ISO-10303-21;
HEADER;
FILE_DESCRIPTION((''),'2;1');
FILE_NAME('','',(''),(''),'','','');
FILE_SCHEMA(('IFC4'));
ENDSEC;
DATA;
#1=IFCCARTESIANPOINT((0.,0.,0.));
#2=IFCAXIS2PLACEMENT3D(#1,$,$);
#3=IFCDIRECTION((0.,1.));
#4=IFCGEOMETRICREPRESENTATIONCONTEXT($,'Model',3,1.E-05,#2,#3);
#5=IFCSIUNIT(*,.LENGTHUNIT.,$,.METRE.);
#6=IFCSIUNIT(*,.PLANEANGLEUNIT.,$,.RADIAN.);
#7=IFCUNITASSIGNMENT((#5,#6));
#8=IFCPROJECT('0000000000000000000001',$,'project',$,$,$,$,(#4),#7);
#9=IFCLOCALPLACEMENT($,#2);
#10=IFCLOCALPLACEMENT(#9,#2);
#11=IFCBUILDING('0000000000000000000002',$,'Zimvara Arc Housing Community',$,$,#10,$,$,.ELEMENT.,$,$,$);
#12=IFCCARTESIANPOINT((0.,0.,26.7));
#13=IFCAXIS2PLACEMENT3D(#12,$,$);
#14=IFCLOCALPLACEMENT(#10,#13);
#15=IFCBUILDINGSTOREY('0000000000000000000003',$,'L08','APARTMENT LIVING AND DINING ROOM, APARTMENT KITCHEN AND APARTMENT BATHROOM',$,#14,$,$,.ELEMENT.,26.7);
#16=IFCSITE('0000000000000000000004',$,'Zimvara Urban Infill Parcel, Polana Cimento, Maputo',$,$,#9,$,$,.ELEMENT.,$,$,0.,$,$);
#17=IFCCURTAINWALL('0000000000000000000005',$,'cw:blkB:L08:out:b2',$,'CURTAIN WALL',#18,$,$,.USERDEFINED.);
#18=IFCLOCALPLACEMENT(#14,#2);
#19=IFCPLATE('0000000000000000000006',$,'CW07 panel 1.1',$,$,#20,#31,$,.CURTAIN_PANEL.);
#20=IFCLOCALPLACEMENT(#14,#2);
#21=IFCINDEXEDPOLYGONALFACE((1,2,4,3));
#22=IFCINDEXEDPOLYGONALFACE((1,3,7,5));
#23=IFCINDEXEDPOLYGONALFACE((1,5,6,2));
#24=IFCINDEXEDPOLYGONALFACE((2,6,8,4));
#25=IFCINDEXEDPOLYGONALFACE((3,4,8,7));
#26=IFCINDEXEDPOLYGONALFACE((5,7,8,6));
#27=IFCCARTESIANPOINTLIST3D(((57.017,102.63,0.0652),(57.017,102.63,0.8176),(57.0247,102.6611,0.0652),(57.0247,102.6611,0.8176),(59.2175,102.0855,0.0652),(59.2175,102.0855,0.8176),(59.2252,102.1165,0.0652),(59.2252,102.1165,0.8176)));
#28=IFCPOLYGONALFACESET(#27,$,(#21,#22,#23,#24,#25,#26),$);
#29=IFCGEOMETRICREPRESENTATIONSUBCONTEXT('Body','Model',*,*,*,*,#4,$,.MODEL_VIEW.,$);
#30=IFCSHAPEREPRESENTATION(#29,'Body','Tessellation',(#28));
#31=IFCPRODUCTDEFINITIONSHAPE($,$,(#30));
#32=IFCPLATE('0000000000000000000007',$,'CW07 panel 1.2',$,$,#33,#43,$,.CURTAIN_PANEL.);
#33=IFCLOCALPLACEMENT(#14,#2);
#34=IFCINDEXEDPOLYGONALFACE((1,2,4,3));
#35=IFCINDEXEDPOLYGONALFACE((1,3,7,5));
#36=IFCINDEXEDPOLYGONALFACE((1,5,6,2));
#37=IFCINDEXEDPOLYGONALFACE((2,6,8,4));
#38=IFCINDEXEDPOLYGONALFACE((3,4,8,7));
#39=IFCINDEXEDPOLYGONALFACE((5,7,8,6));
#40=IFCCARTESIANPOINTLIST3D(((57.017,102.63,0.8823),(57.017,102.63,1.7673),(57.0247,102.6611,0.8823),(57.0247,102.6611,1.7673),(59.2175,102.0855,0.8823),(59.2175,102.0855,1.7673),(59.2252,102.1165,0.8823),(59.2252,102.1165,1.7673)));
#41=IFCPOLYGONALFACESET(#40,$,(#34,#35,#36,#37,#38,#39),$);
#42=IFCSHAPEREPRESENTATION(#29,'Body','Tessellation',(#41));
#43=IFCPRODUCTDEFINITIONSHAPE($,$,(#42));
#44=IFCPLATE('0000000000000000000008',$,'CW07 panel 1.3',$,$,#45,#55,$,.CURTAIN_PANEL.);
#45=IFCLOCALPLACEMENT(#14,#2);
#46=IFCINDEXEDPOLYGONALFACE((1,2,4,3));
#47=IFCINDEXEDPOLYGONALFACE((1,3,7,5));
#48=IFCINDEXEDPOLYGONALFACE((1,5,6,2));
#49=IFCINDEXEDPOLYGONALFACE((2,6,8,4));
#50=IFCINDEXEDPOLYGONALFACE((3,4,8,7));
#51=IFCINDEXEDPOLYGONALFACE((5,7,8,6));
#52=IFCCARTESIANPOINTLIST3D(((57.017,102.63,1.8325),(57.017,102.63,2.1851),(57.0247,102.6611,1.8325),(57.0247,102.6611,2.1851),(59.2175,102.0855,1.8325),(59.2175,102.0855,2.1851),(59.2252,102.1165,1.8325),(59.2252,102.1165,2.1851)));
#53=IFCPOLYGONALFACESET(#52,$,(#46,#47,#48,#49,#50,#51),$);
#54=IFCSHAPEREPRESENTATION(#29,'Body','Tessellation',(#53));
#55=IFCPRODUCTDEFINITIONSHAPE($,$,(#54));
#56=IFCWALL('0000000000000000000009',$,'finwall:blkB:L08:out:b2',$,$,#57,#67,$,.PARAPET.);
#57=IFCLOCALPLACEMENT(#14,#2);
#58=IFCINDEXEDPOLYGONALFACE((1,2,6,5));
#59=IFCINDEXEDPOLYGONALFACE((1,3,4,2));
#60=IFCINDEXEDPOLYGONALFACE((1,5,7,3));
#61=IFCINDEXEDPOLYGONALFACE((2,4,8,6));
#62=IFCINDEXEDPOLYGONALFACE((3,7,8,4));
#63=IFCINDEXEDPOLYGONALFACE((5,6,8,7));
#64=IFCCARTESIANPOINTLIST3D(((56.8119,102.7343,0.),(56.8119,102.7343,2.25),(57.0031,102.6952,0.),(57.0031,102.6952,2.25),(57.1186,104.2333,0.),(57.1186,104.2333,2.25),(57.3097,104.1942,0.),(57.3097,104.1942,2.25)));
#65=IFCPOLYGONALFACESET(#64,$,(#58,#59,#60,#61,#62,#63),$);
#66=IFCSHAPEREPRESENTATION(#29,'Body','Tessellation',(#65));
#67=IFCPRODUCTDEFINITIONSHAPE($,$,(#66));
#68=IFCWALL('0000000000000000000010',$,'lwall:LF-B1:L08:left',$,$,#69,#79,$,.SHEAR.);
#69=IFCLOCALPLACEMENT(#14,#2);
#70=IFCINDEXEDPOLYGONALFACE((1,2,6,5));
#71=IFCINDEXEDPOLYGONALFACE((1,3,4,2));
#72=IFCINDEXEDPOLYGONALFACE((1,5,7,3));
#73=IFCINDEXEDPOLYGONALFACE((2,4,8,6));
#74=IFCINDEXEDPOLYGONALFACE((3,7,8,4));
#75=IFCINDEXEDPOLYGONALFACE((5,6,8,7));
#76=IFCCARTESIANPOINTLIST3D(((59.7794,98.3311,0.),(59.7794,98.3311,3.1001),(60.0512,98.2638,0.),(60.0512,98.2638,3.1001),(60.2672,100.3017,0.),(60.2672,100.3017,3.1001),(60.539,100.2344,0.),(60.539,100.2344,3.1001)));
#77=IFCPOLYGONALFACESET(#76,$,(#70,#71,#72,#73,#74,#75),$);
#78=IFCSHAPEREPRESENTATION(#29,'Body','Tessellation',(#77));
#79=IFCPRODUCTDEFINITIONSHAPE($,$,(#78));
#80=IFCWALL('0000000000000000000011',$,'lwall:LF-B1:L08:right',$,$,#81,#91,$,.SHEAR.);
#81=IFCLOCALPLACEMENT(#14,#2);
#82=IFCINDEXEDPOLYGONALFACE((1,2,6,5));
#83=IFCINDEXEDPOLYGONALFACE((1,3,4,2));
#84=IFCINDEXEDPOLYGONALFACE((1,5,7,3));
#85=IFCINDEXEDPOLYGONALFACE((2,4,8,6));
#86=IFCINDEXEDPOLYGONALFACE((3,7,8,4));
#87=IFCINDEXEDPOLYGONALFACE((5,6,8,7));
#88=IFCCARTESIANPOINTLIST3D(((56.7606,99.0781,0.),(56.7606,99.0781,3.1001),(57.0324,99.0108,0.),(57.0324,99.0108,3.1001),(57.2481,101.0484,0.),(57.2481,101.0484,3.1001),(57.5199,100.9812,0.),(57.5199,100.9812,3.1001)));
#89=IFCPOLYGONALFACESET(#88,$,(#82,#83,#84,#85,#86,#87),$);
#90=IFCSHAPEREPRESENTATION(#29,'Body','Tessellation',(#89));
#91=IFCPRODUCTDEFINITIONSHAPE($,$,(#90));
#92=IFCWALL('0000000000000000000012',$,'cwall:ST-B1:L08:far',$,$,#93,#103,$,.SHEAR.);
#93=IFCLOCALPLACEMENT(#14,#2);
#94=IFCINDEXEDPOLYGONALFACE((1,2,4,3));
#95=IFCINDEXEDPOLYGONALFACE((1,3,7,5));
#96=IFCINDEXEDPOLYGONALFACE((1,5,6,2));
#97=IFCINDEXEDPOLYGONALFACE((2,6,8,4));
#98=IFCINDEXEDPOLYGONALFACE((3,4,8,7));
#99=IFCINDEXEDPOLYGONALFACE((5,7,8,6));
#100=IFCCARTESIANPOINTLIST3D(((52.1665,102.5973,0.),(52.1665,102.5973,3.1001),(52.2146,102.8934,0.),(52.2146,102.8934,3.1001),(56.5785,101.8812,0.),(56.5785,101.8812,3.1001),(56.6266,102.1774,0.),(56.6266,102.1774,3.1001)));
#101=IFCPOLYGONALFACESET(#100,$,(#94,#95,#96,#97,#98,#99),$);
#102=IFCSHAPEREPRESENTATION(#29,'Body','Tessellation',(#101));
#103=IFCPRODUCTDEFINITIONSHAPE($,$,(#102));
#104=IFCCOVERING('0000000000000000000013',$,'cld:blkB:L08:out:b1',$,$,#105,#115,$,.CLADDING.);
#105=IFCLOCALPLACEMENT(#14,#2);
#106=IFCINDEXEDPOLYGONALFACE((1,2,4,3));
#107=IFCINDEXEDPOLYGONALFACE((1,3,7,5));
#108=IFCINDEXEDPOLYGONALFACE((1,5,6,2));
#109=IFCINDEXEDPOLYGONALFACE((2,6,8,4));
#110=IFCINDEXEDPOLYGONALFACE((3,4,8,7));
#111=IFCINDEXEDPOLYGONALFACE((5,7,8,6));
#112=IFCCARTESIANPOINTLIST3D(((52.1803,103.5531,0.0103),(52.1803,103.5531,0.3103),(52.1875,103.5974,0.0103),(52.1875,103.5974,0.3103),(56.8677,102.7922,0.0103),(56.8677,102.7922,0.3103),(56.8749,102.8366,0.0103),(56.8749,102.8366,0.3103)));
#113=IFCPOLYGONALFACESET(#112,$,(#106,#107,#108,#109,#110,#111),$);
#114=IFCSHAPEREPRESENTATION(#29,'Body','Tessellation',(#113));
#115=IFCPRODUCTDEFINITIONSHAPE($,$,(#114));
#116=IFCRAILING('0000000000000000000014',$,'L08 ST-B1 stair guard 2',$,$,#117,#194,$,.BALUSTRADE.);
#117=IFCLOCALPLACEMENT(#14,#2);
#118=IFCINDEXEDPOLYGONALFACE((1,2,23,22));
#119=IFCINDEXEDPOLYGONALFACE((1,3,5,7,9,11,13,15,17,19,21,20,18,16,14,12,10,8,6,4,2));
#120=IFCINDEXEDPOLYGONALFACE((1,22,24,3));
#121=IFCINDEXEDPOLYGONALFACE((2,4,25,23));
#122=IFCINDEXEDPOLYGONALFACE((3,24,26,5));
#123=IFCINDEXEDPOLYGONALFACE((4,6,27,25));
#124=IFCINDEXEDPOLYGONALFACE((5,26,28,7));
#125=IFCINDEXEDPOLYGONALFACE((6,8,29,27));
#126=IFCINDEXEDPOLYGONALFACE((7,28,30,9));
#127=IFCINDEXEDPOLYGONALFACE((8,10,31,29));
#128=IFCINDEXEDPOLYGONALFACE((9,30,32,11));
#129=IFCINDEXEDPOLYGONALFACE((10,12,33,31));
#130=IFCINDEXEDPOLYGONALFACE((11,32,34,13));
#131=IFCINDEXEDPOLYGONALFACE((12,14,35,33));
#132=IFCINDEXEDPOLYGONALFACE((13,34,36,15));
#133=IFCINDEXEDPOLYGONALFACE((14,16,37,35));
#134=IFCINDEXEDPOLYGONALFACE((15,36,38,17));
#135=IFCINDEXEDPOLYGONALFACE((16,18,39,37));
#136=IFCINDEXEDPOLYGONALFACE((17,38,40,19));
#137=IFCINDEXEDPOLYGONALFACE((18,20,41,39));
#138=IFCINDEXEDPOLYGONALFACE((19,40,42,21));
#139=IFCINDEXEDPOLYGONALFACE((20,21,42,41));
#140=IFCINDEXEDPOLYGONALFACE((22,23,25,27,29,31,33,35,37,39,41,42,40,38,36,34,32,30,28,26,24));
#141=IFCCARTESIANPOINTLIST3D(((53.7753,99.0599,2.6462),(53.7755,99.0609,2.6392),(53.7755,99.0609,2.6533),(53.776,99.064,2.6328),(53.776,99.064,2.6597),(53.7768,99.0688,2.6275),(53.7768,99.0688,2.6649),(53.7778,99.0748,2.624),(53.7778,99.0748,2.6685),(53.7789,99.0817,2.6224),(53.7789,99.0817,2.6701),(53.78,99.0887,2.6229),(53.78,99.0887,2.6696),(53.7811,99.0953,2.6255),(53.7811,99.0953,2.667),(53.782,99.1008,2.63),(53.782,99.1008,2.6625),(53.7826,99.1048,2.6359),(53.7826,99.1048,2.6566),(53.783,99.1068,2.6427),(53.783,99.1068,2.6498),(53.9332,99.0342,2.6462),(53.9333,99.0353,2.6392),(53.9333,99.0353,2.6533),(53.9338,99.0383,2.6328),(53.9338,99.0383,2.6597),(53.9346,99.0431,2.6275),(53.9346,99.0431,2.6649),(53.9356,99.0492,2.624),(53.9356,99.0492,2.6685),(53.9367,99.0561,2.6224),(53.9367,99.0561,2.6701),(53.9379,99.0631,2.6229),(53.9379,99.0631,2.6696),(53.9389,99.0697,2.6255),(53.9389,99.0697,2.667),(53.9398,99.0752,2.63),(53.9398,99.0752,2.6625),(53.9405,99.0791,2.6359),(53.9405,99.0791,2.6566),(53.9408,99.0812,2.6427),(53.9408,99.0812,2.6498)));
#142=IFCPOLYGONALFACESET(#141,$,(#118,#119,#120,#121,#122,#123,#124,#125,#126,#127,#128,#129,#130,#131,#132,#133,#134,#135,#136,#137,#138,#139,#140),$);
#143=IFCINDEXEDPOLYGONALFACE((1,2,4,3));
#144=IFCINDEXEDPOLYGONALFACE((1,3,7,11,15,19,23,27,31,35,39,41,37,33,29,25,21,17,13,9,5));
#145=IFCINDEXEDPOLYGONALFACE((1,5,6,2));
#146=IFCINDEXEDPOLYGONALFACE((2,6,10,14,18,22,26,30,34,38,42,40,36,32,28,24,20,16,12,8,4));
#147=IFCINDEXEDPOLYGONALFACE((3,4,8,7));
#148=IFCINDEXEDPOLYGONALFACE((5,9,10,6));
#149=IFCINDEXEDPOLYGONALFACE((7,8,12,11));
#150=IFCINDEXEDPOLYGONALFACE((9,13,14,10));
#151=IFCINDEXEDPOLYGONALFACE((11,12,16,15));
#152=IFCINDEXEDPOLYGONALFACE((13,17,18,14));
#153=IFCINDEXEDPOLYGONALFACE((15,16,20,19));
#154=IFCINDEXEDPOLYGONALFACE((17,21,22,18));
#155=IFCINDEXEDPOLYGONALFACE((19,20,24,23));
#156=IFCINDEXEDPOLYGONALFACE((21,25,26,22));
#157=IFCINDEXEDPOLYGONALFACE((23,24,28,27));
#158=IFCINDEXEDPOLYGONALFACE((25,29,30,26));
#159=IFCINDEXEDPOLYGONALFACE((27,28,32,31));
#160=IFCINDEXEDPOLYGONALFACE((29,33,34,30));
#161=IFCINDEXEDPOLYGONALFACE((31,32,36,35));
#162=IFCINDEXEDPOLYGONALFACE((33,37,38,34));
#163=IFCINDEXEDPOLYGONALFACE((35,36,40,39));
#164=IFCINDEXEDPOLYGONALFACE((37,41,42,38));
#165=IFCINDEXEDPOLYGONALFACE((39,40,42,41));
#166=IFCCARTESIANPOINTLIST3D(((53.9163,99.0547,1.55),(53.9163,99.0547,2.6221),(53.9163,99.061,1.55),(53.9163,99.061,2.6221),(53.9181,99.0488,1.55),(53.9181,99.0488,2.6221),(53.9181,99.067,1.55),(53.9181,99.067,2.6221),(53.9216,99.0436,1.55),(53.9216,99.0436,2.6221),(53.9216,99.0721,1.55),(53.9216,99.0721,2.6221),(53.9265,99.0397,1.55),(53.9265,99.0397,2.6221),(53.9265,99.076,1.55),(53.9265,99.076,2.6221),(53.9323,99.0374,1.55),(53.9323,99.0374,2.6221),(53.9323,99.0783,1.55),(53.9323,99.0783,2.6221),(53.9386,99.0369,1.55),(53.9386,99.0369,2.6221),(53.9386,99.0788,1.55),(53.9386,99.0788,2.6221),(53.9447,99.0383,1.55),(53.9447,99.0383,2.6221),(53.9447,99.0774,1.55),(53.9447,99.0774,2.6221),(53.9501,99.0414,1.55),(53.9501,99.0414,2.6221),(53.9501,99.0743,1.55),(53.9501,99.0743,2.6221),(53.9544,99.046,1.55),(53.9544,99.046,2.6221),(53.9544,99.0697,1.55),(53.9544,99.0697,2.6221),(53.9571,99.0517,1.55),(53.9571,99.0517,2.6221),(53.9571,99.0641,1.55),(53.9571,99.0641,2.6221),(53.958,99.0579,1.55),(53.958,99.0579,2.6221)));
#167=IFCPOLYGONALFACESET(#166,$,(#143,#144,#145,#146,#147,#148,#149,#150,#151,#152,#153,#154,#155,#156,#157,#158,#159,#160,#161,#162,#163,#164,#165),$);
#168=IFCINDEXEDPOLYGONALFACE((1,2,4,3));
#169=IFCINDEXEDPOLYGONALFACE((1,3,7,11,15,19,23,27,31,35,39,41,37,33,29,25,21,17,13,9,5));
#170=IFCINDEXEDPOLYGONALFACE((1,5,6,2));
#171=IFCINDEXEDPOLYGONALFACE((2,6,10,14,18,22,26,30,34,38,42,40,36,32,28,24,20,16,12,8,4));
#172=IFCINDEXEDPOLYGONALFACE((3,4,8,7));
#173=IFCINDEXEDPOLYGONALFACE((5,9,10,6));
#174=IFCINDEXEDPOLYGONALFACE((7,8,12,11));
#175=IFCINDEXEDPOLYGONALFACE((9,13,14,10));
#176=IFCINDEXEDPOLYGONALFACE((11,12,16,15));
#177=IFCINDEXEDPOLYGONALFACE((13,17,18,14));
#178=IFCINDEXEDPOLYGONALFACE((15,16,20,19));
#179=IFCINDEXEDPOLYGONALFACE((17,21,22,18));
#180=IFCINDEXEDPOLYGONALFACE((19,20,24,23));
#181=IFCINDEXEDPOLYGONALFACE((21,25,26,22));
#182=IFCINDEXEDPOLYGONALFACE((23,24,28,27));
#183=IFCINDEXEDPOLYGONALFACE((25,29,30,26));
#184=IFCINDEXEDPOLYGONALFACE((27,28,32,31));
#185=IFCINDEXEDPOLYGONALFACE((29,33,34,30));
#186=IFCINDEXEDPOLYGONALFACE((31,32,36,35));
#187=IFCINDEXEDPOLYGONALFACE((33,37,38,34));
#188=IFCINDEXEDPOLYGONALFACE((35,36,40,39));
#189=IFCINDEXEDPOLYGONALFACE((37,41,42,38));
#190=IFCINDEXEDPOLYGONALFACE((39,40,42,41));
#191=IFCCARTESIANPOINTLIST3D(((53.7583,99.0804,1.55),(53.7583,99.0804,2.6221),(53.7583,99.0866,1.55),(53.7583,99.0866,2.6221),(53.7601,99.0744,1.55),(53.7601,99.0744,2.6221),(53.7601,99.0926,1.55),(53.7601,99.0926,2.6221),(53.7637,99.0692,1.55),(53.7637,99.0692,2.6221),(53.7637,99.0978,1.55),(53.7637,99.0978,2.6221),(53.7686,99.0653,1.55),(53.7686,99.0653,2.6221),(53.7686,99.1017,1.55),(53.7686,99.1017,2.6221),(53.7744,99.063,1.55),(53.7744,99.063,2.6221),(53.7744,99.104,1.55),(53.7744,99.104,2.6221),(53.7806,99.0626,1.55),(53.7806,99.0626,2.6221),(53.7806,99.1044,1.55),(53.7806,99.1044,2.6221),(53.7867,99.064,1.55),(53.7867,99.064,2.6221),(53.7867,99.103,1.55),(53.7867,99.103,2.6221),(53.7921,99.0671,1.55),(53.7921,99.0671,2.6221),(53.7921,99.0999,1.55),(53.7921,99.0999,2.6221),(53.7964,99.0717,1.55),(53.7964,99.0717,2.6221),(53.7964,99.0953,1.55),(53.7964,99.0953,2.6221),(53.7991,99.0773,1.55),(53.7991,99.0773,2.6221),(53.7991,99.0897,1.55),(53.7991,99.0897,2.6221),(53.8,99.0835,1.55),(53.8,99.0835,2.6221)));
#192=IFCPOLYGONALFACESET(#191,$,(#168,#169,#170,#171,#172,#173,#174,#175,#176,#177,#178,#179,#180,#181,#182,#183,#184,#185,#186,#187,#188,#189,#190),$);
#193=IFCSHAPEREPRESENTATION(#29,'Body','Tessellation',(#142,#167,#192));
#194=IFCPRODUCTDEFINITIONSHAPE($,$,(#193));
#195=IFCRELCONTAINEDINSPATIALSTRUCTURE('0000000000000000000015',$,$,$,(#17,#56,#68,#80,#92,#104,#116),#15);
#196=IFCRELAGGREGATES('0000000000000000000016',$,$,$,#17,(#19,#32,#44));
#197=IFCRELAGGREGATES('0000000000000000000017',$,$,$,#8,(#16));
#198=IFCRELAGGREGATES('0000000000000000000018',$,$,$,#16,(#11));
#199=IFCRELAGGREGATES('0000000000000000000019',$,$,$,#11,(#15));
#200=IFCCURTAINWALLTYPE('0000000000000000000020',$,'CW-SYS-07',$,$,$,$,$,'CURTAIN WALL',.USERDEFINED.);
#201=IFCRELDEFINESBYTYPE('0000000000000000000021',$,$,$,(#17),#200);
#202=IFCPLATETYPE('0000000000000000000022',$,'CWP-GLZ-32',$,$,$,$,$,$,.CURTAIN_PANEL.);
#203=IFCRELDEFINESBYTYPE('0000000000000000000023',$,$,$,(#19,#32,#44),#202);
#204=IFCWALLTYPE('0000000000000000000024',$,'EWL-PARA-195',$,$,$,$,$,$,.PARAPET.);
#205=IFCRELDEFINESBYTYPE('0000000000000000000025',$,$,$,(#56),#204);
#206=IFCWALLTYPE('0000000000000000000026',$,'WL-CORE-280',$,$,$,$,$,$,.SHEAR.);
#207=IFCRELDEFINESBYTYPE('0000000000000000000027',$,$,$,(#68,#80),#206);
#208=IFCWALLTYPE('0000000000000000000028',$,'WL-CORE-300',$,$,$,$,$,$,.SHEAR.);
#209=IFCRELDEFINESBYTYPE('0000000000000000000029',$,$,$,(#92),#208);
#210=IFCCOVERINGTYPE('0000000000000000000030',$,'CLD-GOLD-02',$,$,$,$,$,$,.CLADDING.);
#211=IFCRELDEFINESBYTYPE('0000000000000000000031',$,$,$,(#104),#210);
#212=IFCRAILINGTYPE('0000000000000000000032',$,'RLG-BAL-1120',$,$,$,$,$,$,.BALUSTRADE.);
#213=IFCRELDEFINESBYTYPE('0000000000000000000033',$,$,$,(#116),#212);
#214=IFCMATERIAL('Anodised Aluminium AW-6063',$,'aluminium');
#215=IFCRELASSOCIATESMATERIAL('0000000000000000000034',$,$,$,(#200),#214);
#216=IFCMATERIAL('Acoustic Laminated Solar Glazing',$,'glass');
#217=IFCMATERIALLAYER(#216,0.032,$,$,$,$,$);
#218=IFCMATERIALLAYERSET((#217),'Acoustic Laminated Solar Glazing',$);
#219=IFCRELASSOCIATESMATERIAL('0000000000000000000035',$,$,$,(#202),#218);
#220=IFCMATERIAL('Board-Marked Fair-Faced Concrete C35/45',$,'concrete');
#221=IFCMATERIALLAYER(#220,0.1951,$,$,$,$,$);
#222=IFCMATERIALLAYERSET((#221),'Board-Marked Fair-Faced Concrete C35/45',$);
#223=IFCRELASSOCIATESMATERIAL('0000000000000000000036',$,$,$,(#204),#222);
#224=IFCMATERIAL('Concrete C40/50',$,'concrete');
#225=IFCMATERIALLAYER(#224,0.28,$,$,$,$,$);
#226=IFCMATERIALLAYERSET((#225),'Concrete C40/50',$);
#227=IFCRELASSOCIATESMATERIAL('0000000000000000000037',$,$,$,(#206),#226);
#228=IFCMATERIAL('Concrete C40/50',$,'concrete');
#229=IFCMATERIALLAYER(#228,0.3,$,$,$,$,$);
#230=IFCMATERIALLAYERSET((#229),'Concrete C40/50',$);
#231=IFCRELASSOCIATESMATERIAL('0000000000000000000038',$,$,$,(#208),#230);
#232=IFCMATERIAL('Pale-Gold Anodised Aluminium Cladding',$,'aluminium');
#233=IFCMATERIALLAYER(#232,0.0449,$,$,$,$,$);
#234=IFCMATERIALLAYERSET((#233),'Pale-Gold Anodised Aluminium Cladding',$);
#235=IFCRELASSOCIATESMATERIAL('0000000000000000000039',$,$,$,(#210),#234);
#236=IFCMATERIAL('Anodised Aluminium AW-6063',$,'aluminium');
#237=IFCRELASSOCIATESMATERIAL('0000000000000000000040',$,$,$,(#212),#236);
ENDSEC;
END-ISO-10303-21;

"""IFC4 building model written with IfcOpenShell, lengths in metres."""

from ifc_helpers import new_model, si_unit, direction, frame, frame_2d, origin, origin_2d, place, context, subcontext, project, spatial, rectangle, circle, extrude, material, layer, layer_set, type_object, element, aggregate, save


model = new_model("IFC4")

# Units and contexts
model_context = context("Model", 3, precision=1e-05, world=origin(), true_north=direction((0.0, 1.0)))
body_context = subcontext(model_context, "Body", "Model", "MODEL_VIEW")
ifc_project = project(units=[si_unit("LENGTHUNIT", "METRE"), si_unit("PLANEANGLEUNIT", "RADIAN")], contexts=[model_context])

# Site, building, storey
site_placement = place(None, origin())
site = spatial("IfcSite", under=ifc_project, at=site_placement, Name="Zimvara Urban Infill Parcel, Polana Cimento, Maputo", CompositionType="ELEMENT", RefElevation=0.0)
building_placement = place(site_placement, origin())
building = spatial("IfcBuilding", under=site, at=building_placement, Name="Zimvara Arc Housing Community", CompositionType="ELEMENT")
storey_placement = place(building_placement, frame((0.0, 0.0, 26.7)))
storey = spatial("IfcBuildingStorey", under=building, at=storey_placement, Name="L08", Description="APARTMENT LIVING AND DINING ROOM, APARTMENT KITCHEN AND APARTMENT BATHROOM", CompositionType="ELEMENT", Elevation=26.7)

# Curtain wall, plates
ifc_material_1 = material(Name="Anodised Aluminium AW-6063", Category="aluminium")
curtain_wall_type = type_object("IfcCurtainWallType", Name="CW-SYS-07", ElementType="CURTAIN WALL", PredefinedType="USERDEFINED", material=ifc_material_1)
curtain_wall_placement = place(storey_placement, origin())
curtain_wall = element("IfcCurtainWall", 1, at=curtain_wall_placement, inside=storey, type_object=curtain_wall_type, Name="cw:blkB:L08:out:b2", ObjectType="CURTAIN WALL", PredefinedType="USERDEFINED")
ifc_material_2 = material(Name="Acoustic Laminated Solar Glazing", Category="glass")
ifc_layer_1 = layer(ifc_material_2, 0.032)
ifc_layer_set_1 = layer_set([ifc_layer_1], Name="Acoustic Laminated Solar Glazing")
plate_type = type_object("IfcPlateType", Name="CWP-GLZ-32", PredefinedType="CURTAIN_PANEL", material=ifc_layer_set_1)
plate_1_placement = place(storey_placement, frame((58.1211, 102.3733, 0.0652), z_axis=(0.0, 0.0, 1.0), x_axis=(0.970716, -0.24023, 0.0)))
plate_1 = element("IfcPlate", 2, at=plate_1_placement, type_object=plate_type, Name="CW07 panel 1.1", PredefinedType="CURTAIN_PANEL", context=body_context, shape_type="SweptSolid", body=[
    extrude(rectangle(XDim=2.2668, YDim=0.032, at=origin_2d()), origin(), (0.0, 0.0, 1.0), 0.7524),
])
plate_2_placement = place(storey_placement, frame((58.1211, 102.3733, 0.8823), z_axis=(0.0, 0.0, 1.0), x_axis=(0.970716, -0.24023, 0.0)))
plate_2 = element("IfcPlate", 3, at=plate_2_placement, type_object=plate_type, Name="CW07 panel 1.2", PredefinedType="CURTAIN_PANEL", context=body_context, shape_type="SweptSolid", body=[
    extrude(rectangle(XDim=2.2668, YDim=0.032, at=origin_2d()), origin(), (0.0, 0.0, 1.0), 0.885),
])
plate_3_placement = place(storey_placement, frame((58.1211, 102.3733, 1.8325), z_axis=(0.0, 0.0, 1.0), x_axis=(0.970716, -0.24023, 0.0)))
plate_3 = element("IfcPlate", 4, at=plate_3_placement, type_object=plate_type, Name="CW07 panel 1.3", PredefinedType="CURTAIN_PANEL", context=body_context, shape_type="SweptSolid", body=[
    extrude(rectangle(XDim=2.2668, YDim=0.032, at=origin_2d()), origin(), (0.0, 0.0, 1.0), 0.3525),
])
aggregate(curtain_wall, [plate_1, plate_2, plate_3])

# Walls
ifc_material_3 = material(Name="Board-Marked Fair-Faced Concrete C35/45", Category="concrete")
ifc_layer_2 = layer(ifc_material_3, 0.1951)
ifc_layer_set_2 = layer_set([ifc_layer_2], Name="Board-Marked Fair-Faced Concrete C35/45")
wall_type_1 = type_object("IfcWallType", Name="EWL-PARA-195", PredefinedType="PARAPET", material=ifc_layer_set_2)
wall_1_placement = place(storey_placement, frame((56.9075, 102.7146, 0.0), z_axis=(0.0, 0.0, 1.0), x_axis=(0.20041, 0.979712, 0.0)))
element("IfcWall", 5, at=wall_1_placement, inside=storey, type_object=wall_type_1, Name="finwall:blkB:L08:out:b2", PredefinedType="PARAPET", context=body_context, shape_type="SweptSolid", body=[
    extrude(rectangle(XDim=1.53, YDim=0.1951, at=frame_2d((0.7651, 0.0))), origin(), (0.0, 0.0, 1.0), 2.25),
])
ifc_material_4 = material(Name="Concrete C40/50", Category="concrete")
ifc_layer_3 = layer(ifc_material_4, 0.28)
ifc_layer_set_3 = layer_set([ifc_layer_3], Name="Concrete C40/50")
wall_type_2 = type_object("IfcWallType", Name="WL-CORE-280", PredefinedType="SHEAR", material=ifc_layer_set_3)
wall_2_placement = place(storey_placement, frame((59.9153, 98.2974, 0.0), z_axis=(0.0, 0.0, 1.0), x_axis=(0.240299, 0.970699, 0.0)))
element("IfcWall", 6, at=wall_2_placement, inside=storey, type_object=wall_type_2, Name="lwall:LF-B1:L08:left", PredefinedType="SHEAR", context=body_context, shape_type="SweptSolid", body=[
    extrude(rectangle(XDim=2.03, YDim=0.28, at=frame_2d((1.0151, 0.0))), origin(), (0.0, 0.0, 1.0), 3.1001),
])
wall_3_placement = place(storey_placement, frame((56.8965, 99.0444, 0.0), z_axis=(0.0, 0.0, 1.0), x_axis=(0.240186, 0.970727, 0.0)))
element("IfcWall", 7, at=wall_3_placement, inside=storey, type_object=wall_type_2, Name="lwall:LF-B1:L08:right", PredefinedType="SHEAR", context=body_context, shape_type="SweptSolid", body=[
    extrude(rectangle(XDim=2.0298, YDim=0.28, at=frame_2d((1.0149, 0.0))), origin(), (0.0, 0.0, 1.0), 3.1001),
])
ifc_material_5 = material(Name="Concrete C40/50", Category="concrete")
ifc_layer_4 = layer(ifc_material_5, 0.3)
ifc_layer_set_4 = layer_set([ifc_layer_4], Name="Concrete C40/50")
wall_type_3 = type_object("IfcWallType", Name="WL-CORE-300", PredefinedType="SHEAR", material=ifc_layer_set_4)
wall_4_placement = place(storey_placement, frame((56.6025, 102.0293, 0.0), z_axis=(0.0, 0.0, 1.0), x_axis=(-0.987085, 0.160199, 0.0)))
element("IfcWall", 8, at=wall_4_placement, inside=storey, type_object=wall_type_3, Name="cwall:ST-B1:L08:far", PredefinedType="SHEAR", context=body_context, shape_type="SweptSolid", body=[
    extrude(rectangle(XDim=4.4697, YDim=0.3, at=frame_2d((2.2349, 0.0))), origin(), (0.0, 0.0, 1.0), 3.1001),
])

# Covering
ifc_material_6 = material(Name="Pale-Gold Anodised Aluminium Cladding", Category="aluminium")
ifc_layer_5 = layer(ifc_material_6, 0.0449)
ifc_layer_set_5 = layer_set([ifc_layer_5], Name="Pale-Gold Anodised Aluminium Cladding")
covering_type = type_object("IfcCoveringType", Name="CLD-GOLD-02", PredefinedType="CLADDING", material=ifc_layer_set_5)
covering_placement = place(storey_placement, frame((54.5276, 103.1948, 0.0103), z_axis=(0.0, 0.0, 1.0), x_axis=(0.98708, -0.160226, 0.0)))
element("IfcCovering", 9, at=covering_placement, inside=storey, type_object=covering_type, Name="cld:blkB:L08:out:b1", PredefinedType="CLADDING", context=body_context, shape_type="SweptSolid", body=[
    extrude(rectangle(XDim=4.7488, YDim=0.0449, at=origin_2d()), origin(), (0.0, 0.0, 1.0), 0.3),
])

# Railing
ifc_material_7 = material(Name="Anodised Aluminium AW-6063", Category="aluminium")
railing_type = type_object("IfcRailingType", Name="RLG-BAL-1120", PredefinedType="BALUSTRADE", material=ifc_material_7)
railing_1_placement = place(storey_placement, frame((53.937, 99.0579, 1.55)))
element("IfcRailing", 10, at=railing_1_placement, inside=storey, type_object=railing_type, Name="L08 ST-B1 stair guard 2", PredefinedType="BALUSTRADE", context=body_context, shape_type="SweptSolid", body=[
    extrude(circle(Radius=0.0239, at=origin_2d()), frame((0.0, 0.0, 1.0962), z_axis=(-0.987086, 0.160192, 0.0), x_axis=(-0.160192, -0.987086, 0.0)), (0.0, 0.0, 1.0), 0.1599),
    extrude(circle(Radius=0.021, at=origin_2d()), origin(), (0.0, 0.0, 1.0), 1.072),
    extrude(circle(Radius=0.021, at=origin_2d()), frame((-0.158, 0.0256, 0.0)), (0.0, 0.0, 1.0), 1.072),
])

save(model, "model.ifc")
